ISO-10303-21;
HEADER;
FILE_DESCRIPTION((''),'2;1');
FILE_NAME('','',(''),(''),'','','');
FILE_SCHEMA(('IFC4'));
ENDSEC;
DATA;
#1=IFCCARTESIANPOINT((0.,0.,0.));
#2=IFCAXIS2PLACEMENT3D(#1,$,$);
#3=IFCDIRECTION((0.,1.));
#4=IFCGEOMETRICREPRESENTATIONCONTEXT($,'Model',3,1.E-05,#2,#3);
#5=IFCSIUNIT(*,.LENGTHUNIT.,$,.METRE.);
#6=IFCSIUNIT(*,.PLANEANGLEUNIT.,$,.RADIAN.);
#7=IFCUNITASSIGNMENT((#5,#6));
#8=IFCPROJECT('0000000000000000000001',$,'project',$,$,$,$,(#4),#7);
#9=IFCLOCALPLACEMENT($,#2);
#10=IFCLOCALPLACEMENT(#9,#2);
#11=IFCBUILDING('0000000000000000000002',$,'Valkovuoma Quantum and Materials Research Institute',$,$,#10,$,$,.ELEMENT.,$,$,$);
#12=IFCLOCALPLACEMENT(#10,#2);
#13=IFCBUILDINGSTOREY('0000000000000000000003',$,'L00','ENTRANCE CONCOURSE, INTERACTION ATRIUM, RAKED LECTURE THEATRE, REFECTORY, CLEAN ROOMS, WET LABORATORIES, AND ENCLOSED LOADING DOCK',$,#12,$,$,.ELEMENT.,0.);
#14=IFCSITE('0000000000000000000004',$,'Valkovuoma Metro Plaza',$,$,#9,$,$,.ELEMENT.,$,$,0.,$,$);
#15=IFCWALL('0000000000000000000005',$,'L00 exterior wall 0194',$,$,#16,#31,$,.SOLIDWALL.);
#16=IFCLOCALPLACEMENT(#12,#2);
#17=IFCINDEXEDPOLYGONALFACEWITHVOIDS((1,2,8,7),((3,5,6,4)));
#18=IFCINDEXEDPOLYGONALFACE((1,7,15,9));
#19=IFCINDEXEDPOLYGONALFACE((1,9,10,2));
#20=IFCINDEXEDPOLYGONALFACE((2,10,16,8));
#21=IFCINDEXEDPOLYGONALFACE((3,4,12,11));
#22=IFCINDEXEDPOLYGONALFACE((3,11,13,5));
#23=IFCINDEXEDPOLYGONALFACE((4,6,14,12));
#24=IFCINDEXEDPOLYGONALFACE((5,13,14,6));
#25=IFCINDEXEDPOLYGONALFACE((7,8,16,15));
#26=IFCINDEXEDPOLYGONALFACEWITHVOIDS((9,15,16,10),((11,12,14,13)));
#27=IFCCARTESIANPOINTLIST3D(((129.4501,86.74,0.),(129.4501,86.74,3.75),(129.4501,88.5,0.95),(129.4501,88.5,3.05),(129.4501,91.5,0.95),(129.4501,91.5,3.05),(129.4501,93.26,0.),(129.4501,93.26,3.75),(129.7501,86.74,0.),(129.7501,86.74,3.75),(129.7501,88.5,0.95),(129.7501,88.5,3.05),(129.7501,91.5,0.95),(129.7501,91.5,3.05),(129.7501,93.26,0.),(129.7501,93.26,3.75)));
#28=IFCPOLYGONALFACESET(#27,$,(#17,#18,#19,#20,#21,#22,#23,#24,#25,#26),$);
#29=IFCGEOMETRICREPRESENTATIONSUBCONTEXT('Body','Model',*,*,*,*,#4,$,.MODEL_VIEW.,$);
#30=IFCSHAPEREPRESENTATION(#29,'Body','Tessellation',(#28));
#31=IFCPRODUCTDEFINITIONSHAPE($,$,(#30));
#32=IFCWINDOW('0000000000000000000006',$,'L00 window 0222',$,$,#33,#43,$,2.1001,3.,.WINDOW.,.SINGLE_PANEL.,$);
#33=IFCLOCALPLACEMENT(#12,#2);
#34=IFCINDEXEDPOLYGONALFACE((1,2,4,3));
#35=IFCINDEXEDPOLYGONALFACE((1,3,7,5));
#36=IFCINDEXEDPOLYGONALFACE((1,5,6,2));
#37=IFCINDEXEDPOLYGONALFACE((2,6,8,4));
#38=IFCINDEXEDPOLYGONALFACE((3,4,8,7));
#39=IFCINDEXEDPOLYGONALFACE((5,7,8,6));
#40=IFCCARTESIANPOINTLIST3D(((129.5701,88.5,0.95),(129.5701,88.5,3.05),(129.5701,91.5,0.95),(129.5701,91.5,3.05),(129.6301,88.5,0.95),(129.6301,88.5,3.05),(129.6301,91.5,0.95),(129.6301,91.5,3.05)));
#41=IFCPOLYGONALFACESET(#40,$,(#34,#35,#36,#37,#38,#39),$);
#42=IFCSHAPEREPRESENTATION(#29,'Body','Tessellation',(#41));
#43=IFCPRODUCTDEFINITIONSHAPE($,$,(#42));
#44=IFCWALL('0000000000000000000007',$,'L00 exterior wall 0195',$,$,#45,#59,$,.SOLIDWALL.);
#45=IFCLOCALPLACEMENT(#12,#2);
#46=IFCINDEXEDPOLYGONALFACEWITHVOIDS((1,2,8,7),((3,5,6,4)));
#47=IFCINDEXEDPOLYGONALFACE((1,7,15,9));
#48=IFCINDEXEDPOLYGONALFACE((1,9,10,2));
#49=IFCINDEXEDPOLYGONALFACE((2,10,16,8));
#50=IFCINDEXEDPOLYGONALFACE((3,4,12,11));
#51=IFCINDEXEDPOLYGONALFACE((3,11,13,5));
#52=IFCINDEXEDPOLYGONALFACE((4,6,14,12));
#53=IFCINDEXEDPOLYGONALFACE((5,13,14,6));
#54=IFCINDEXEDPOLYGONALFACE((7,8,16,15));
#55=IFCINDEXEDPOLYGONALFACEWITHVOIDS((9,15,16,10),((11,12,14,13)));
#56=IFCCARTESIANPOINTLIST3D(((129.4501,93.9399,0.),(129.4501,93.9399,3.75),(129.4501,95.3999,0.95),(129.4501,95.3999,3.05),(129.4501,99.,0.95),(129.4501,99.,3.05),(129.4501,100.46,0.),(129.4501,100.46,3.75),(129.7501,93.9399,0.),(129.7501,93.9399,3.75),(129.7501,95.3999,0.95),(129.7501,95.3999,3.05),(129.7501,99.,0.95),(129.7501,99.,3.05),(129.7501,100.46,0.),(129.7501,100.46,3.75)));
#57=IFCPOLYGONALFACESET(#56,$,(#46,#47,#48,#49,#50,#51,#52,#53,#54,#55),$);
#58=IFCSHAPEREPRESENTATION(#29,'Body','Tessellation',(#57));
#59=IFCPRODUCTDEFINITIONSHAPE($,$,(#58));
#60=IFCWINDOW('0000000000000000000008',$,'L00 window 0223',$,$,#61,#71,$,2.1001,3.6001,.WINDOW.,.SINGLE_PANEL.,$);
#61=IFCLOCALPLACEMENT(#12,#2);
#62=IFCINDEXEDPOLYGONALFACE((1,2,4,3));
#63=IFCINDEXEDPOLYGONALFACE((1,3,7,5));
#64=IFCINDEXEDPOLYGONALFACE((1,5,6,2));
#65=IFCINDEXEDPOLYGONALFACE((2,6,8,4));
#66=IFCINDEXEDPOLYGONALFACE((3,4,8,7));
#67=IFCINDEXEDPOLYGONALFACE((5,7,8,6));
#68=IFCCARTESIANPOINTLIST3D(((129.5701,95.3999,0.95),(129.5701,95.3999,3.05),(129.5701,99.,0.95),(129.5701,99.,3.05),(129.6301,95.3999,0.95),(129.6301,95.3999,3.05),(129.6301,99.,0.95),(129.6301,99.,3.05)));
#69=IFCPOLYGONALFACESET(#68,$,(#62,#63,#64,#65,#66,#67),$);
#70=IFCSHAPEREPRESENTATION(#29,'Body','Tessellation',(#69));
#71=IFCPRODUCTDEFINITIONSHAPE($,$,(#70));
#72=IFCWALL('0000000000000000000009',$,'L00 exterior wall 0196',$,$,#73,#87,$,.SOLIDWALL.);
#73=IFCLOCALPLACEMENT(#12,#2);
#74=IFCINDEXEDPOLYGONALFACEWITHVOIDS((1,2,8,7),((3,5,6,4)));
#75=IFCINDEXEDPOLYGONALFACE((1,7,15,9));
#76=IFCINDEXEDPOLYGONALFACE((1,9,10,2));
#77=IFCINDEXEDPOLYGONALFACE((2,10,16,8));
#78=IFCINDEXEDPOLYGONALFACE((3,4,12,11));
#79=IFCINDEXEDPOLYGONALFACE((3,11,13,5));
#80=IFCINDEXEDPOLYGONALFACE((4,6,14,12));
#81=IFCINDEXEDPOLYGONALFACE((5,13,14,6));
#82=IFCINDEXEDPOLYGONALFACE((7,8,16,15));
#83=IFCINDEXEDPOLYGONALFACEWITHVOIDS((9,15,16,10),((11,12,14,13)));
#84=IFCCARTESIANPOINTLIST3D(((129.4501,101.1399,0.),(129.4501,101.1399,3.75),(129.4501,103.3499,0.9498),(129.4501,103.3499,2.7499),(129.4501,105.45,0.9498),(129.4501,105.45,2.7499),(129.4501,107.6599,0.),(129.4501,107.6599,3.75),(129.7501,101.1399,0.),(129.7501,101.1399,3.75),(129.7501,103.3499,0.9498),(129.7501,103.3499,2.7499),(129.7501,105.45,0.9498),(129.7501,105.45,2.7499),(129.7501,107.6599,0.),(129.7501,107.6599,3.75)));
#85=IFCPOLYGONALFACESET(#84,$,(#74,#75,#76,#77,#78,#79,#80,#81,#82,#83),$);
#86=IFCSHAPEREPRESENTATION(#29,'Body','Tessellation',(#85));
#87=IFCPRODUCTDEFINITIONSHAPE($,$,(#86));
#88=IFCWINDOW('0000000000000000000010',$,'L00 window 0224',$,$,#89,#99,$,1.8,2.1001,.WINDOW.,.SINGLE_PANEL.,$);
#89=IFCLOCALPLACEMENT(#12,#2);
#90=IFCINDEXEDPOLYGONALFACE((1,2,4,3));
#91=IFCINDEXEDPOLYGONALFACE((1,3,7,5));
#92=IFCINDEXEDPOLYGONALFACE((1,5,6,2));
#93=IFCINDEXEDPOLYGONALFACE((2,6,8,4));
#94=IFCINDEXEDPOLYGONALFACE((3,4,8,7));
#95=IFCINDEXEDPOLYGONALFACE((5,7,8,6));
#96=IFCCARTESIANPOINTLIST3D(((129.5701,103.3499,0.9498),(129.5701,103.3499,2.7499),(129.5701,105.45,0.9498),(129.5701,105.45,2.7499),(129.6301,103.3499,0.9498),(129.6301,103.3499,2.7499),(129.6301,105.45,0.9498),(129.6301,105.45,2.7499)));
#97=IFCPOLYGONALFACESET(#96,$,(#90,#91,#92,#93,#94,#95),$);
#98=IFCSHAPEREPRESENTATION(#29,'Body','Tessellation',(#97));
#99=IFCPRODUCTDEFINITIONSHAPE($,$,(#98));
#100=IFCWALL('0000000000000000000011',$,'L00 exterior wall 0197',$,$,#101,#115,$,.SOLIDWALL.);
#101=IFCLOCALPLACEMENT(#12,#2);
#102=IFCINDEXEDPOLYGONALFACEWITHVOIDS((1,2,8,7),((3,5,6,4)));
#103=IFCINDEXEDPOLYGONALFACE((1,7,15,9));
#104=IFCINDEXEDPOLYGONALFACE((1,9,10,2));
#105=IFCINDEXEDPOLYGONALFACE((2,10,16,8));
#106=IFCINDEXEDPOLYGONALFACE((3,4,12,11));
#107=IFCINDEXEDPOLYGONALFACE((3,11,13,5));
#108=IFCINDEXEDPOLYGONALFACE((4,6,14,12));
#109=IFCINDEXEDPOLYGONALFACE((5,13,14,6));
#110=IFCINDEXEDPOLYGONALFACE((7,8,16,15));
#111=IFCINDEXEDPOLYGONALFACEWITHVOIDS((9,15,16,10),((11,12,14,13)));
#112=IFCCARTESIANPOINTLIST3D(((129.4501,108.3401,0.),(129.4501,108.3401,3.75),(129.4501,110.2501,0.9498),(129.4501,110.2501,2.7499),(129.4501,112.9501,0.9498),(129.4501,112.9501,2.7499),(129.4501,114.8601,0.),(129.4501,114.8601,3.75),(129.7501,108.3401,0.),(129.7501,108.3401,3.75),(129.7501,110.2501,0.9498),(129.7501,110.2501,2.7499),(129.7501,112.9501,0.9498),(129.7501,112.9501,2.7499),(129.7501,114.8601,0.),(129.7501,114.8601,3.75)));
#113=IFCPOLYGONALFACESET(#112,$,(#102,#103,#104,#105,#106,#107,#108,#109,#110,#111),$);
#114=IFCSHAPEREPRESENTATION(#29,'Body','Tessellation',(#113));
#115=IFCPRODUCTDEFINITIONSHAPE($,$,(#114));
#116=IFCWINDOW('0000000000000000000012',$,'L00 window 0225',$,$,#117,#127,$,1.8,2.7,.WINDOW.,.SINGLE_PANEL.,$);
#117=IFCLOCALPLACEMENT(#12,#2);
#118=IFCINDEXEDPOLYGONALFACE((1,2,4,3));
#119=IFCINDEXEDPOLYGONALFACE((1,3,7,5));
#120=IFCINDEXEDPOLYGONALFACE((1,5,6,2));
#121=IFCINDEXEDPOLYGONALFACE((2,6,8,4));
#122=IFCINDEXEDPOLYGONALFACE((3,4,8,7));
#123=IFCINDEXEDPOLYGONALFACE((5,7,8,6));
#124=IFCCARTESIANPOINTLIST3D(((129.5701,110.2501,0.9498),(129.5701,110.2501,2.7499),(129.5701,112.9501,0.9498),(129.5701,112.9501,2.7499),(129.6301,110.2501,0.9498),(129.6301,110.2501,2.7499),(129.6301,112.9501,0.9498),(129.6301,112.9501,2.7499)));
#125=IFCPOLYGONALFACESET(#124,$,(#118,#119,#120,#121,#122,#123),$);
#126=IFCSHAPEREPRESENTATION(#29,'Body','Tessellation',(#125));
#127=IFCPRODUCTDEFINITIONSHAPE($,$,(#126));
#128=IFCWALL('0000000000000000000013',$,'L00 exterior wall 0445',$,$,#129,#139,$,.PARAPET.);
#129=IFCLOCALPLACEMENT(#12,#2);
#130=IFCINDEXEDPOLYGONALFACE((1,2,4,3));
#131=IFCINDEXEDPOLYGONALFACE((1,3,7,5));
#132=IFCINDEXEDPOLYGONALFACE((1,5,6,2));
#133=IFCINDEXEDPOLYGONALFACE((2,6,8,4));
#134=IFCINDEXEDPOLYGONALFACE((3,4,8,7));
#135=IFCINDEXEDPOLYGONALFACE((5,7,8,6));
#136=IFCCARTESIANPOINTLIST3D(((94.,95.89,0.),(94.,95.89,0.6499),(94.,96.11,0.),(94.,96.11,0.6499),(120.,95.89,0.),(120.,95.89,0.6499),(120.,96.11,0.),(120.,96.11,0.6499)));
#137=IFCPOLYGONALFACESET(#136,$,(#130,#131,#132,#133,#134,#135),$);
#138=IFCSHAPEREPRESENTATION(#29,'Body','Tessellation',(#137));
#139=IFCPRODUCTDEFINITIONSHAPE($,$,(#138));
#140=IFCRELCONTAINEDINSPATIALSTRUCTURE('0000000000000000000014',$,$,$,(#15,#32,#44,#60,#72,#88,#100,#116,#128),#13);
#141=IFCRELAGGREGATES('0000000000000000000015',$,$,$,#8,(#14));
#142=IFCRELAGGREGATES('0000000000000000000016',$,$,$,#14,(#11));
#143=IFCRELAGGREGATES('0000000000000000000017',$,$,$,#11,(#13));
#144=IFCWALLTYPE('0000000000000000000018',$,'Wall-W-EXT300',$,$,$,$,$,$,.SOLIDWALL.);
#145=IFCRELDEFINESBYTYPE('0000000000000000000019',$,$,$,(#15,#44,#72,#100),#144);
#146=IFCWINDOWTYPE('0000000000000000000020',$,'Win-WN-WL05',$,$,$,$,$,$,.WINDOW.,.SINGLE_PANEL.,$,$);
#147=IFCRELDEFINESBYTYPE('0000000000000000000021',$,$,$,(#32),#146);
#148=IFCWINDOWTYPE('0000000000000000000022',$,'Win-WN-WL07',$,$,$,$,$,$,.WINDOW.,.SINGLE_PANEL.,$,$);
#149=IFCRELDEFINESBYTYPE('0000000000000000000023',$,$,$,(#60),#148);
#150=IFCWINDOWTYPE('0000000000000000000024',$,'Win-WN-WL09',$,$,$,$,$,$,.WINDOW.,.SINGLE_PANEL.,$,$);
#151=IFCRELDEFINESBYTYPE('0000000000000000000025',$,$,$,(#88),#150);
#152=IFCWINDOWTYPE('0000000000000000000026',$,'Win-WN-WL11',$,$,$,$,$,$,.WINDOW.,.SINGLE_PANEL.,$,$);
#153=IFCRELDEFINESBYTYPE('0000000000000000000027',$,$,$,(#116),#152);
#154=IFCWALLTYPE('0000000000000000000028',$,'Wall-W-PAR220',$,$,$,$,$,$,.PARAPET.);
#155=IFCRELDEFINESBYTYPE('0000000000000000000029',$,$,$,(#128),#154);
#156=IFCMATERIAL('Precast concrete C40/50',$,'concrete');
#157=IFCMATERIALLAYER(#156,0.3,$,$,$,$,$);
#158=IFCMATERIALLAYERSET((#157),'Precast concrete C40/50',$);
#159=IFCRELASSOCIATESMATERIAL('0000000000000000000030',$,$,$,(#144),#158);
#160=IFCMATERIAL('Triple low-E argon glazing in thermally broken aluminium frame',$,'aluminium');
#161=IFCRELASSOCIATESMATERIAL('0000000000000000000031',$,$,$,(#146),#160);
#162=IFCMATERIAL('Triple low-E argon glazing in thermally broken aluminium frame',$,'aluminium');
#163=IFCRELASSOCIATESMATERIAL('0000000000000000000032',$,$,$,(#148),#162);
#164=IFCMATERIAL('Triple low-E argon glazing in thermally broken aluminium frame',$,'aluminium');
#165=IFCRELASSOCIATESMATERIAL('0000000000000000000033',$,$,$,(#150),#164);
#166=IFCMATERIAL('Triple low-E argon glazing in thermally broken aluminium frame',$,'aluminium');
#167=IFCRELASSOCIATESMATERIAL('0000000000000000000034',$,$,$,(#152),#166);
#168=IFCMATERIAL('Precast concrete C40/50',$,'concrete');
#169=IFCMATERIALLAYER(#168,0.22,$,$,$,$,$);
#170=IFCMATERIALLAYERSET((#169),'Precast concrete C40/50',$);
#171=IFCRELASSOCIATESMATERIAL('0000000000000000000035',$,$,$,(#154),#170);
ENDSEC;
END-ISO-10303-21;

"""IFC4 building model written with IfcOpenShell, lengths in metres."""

from ifc_helpers import new_model, si_unit, direction, frame, frame_2d, origin, place, context, subcontext, project, spatial, rectangle, extrude, material, layer, layer_set, type_object, element, fill, save


model = new_model("IFC4")

# Units and contexts
model_context = context("Model", 3, precision=1e-05, world=origin(), true_north=direction((0.0, 1.0)))
body_context = subcontext(model_context, "Body", "Model", "MODEL_VIEW")
ifc_project = project(units=[si_unit("LENGTHUNIT", "METRE"), si_unit("PLANEANGLEUNIT", "RADIAN")], contexts=[model_context])

# Site, building, storey
site_placement = place(None, origin())
site = spatial("IfcSite", under=ifc_project, at=site_placement, Name="Valkovuoma Metro Plaza", CompositionType="ELEMENT", RefElevation=0.0)
building_placement = place(site_placement, origin())
building = spatial("IfcBuilding", under=site, at=building_placement, Name="Valkovuoma Quantum and Materials Research Institute", CompositionType="ELEMENT")
storey_placement = place(building_placement, origin())
storey = spatial("IfcBuildingStorey", under=building, at=storey_placement, Name="L00", Description="ENTRANCE CONCOURSE, INTERACTION ATRIUM, RAKED LECTURE THEATRE, REFECTORY, CLEAN ROOMS, WET LABORATORIES, AND ENCLOSED LOADING DOCK", CompositionType="ELEMENT", Elevation=0.0)

# Walls, openings, windows
ifc_material_1 = material(Name="Precast concrete C40/50", Category="concrete")
ifc_layer_1 = layer(ifc_material_1, 0.3)
ifc_layer_set_1 = layer_set([ifc_layer_1], Name="Precast concrete C40/50")
wall_type_1 = type_object("IfcWallType", Name="Wall-W-EXT300", PredefinedType="SOLIDWALL", material=ifc_layer_set_1)
wall_1_placement = place(storey_placement, frame((129.6001, 86.74, 0.0), z_axis=(0.0, 0.0, 1.0), x_axis=(0.0, 1.0, 0.0)))
wall_1 = element("IfcWall", 1, at=wall_1_placement, inside=storey, type_object=wall_type_1, Name="L00 exterior wall 0194", PredefinedType="SOLIDWALL", context=body_context, shape_type="SweptSolid", body=[
    extrude(rectangle(XDim=6.52, YDim=0.3, at=frame_2d((3.26, 0.0))), origin(), (0.0, 0.0, 1.0), 3.75),
])
opening_1_placement = place(wall_1_placement, frame((1.76, 0.0, 0.95)))
opening_1 = element("IfcOpeningElement", 2, at=opening_1_placement, cuts=wall_1, PredefinedType="OPENING", context=body_context, shape_type="SweptSolid", body=[
    extrude(rectangle(XDim=3.0, YDim=2.1001, at=frame_2d((1.5, 1.05))), frame((0.0, 0.1602, 0.0), z_axis=(0.0, -1.0, 0.0), x_axis=(1.0, 0.0, 0.0)), (0.0, 0.0, 1.0), 0.3201),
])
ifc_material_2 = material(Name="Triple low-E argon glazing in thermally broken aluminium frame", Category="aluminium")
window_type_1 = type_object("IfcWindowType", Name="Win-WN-WL05", PartitioningType="SINGLE_PANEL", PredefinedType="WINDOW", material=ifc_material_2)
window_1_placement = place(opening_1_placement, origin())
window_1 = element("IfcWindow", 3, at=window_1_placement, inside=storey, type_object=window_type_1, Name="L00 window 0222", OverallHeight=2.1001, OverallWidth=3.0, PartitioningType="SINGLE_PANEL", PredefinedType="WINDOW", context=body_context, shape_type="SweptSolid", body=[
    extrude(rectangle(XDim=3.0, YDim=2.1001, at=frame_2d((1.5, 1.05))), frame((0.0, 0.03, 0.0), z_axis=(0.0, -1.0, 0.0), x_axis=(1.0, 0.0, 0.0)), (0.0, 0.0, 1.0), 0.0601),
])
fill(opening_1, window_1)
wall_2_placement = place(storey_placement, frame((129.6001, 93.9399, 0.0), z_axis=(0.0, 0.0, 1.0), x_axis=(0.0, 1.0, 0.0)))
wall_2 = element("IfcWall", 4, at=wall_2_placement, inside=storey, type_object=wall_type_1, Name="L00 exterior wall 0195", PredefinedType="SOLIDWALL", context=body_context, shape_type="SweptSolid", body=[
    extrude(rectangle(XDim=6.52, YDim=0.3, at=frame_2d((3.26, 0.0))), origin(), (0.0, 0.0, 1.0), 3.75),
])
opening_2_placement = place(wall_2_placement, frame((1.46, 0.0, 0.95)))
opening_2 = element("IfcOpeningElement", 5, at=opening_2_placement, cuts=wall_2, PredefinedType="OPENING", context=body_context, shape_type="SweptSolid", body=[
    extrude(rectangle(XDim=3.6001, YDim=2.1001, at=frame_2d((1.8, 1.05))), frame((0.0, 0.1602, 0.0), z_axis=(0.0, -1.0, 0.0), x_axis=(1.0, 0.0, 0.0)), (0.0, 0.0, 1.0), 0.3201),
])
ifc_material_3 = material(Name="Triple low-E argon glazing in thermally broken aluminium frame", Category="aluminium")
window_type_2 = type_object("IfcWindowType", Name="Win-WN-WL07", PartitioningType="SINGLE_PANEL", PredefinedType="WINDOW", material=ifc_material_3)
window_2_placement = place(opening_2_placement, origin())
window_2 = element("IfcWindow", 6, at=window_2_placement, inside=storey, type_object=window_type_2, Name="L00 window 0223", OverallHeight=2.1001, OverallWidth=3.6001, PartitioningType="SINGLE_PANEL", PredefinedType="WINDOW", context=body_context, shape_type="SweptSolid", body=[
    extrude(rectangle(XDim=3.6001, YDim=2.1001, at=frame_2d((1.8, 1.05))), frame((0.0, 0.03, 0.0), z_axis=(0.0, -1.0, 0.0), x_axis=(1.0, 0.0, 0.0)), (0.0, 0.0, 1.0), 0.0601),
])
fill(opening_2, window_2)
wall_3_placement = place(storey_placement, frame((129.6001, 101.1399, 0.0), z_axis=(0.0, 0.0, 1.0), x_axis=(0.0, 1.0, 0.0)))
wall_3 = element("IfcWall", 7, at=wall_3_placement, inside=storey, type_object=wall_type_1, Name="L00 exterior wall 0196", PredefinedType="SOLIDWALL", context=body_context, shape_type="SweptSolid", body=[
    extrude(rectangle(XDim=6.52, YDim=0.3, at=frame_2d((3.26, 0.0))), origin(), (0.0, 0.0, 1.0), 3.75),
])
opening_3_placement = place(wall_3_placement, frame((2.21, 0.0, 0.95)))
opening_3 = element("IfcOpeningElement", 8, at=opening_3_placement, cuts=wall_3, PredefinedType="OPENING", context=body_context, shape_type="SweptSolid", body=[
    extrude(rectangle(XDim=2.1001, YDim=1.8, at=frame_2d((1.05, 0.8999))), frame((0.0, 0.1602, 0.0), z_axis=(0.0, -1.0, 0.0), x_axis=(1.0, 0.0, 0.0)), (0.0, 0.0, 1.0), 0.3201),
])
ifc_material_4 = material(Name="Triple low-E argon glazing in thermally broken aluminium frame", Category="aluminium")
window_type_3 = type_object("IfcWindowType", Name="Win-WN-WL09", PartitioningType="SINGLE_PANEL", PredefinedType="WINDOW", material=ifc_material_4)
window_3_placement = place(opening_3_placement, origin())
window_3 = element("IfcWindow", 9, at=window_3_placement, inside=storey, type_object=window_type_3, Name="L00 window 0224", OverallHeight=1.8, OverallWidth=2.1001, PartitioningType="SINGLE_PANEL", PredefinedType="WINDOW", context=body_context, shape_type="SweptSolid", body=[
    extrude(rectangle(XDim=2.1001, YDim=1.8, at=frame_2d((1.05, 0.8999))), frame((0.0, 0.03, 0.0), z_axis=(0.0, -1.0, 0.0), x_axis=(1.0, 0.0, 0.0)), (0.0, 0.0, 1.0), 0.0601),
])
fill(opening_3, window_3)
wall_4_placement = place(storey_placement, frame((129.6001, 108.3401, 0.0), z_axis=(0.0, 0.0, 1.0), x_axis=(0.0, 1.0, 0.0)))
wall_4 = element("IfcWall", 10, at=wall_4_placement, inside=storey, type_object=wall_type_1, Name="L00 exterior wall 0197", PredefinedType="SOLIDWALL", context=body_context, shape_type="SweptSolid", body=[
    extrude(rectangle(XDim=6.52, YDim=0.3, at=frame_2d((3.26, 0.0))), origin(), (0.0, 0.0, 1.0), 3.75),
])
opening_4_placement = place(wall_4_placement, frame((1.9099, 0.0, 0.95)))
opening_4 = element("IfcOpeningElement", 11, at=opening_4_placement, cuts=wall_4, PredefinedType="OPENING", context=body_context, shape_type="SweptSolid", body=[
    extrude(rectangle(XDim=2.7, YDim=1.8, at=frame_2d((1.3501, 0.8999))), frame((0.0, 0.1602, 0.0), z_axis=(0.0, -1.0, 0.0), x_axis=(1.0, 0.0, 0.0)), (0.0, 0.0, 1.0), 0.3201),
])
ifc_material_5 = material(Name="Triple low-E argon glazing in thermally broken aluminium frame", Category="aluminium")
window_type_4 = type_object("IfcWindowType", Name="Win-WN-WL11", PartitioningType="SINGLE_PANEL", PredefinedType="WINDOW", material=ifc_material_5)
window_4_placement = place(opening_4_placement, origin())
window_4 = element("IfcWindow", 12, at=window_4_placement, inside=storey, type_object=window_type_4, Name="L00 window 0225", OverallHeight=1.8, OverallWidth=2.7, PartitioningType="SINGLE_PANEL", PredefinedType="WINDOW", context=body_context, shape_type="SweptSolid", body=[
    extrude(rectangle(XDim=2.7, YDim=1.8, at=frame_2d((1.3501, 0.8999))), frame((0.0, 0.03, 0.0), z_axis=(0.0, -1.0, 0.0), x_axis=(1.0, 0.0, 0.0)), (0.0, 0.0, 1.0), 0.0601),
])
fill(opening_4, window_4)

# Wall
ifc_material_6 = material(Name="Precast concrete C40/50", Category="concrete")
ifc_layer_2 = layer(ifc_material_6, 0.22)
ifc_layer_set_2 = layer_set([ifc_layer_2], Name="Precast concrete C40/50")
wall_type_2 = type_object("IfcWallType", Name="Wall-W-PAR220", PredefinedType="PARAPET", material=ifc_layer_set_2)
wall_5_placement = place(storey_placement, frame((94.0, 96.0, 0.0), z_axis=(0.0, 0.0, 1.0), x_axis=(1.0, 0.0, 0.0)))
element("IfcWall", 13, at=wall_5_placement, inside=storey, type_object=wall_type_2, Name="L00 exterior wall 0445", PredefinedType="PARAPET", context=body_context, shape_type="SweptSolid", body=[
    extrude(rectangle(XDim=26.0, YDim=0.22, at=frame_2d((13.0, 0.0))), origin(), (0.0, 0.0, 1.0), 0.6499),
])

save(model, "model.ifc")
